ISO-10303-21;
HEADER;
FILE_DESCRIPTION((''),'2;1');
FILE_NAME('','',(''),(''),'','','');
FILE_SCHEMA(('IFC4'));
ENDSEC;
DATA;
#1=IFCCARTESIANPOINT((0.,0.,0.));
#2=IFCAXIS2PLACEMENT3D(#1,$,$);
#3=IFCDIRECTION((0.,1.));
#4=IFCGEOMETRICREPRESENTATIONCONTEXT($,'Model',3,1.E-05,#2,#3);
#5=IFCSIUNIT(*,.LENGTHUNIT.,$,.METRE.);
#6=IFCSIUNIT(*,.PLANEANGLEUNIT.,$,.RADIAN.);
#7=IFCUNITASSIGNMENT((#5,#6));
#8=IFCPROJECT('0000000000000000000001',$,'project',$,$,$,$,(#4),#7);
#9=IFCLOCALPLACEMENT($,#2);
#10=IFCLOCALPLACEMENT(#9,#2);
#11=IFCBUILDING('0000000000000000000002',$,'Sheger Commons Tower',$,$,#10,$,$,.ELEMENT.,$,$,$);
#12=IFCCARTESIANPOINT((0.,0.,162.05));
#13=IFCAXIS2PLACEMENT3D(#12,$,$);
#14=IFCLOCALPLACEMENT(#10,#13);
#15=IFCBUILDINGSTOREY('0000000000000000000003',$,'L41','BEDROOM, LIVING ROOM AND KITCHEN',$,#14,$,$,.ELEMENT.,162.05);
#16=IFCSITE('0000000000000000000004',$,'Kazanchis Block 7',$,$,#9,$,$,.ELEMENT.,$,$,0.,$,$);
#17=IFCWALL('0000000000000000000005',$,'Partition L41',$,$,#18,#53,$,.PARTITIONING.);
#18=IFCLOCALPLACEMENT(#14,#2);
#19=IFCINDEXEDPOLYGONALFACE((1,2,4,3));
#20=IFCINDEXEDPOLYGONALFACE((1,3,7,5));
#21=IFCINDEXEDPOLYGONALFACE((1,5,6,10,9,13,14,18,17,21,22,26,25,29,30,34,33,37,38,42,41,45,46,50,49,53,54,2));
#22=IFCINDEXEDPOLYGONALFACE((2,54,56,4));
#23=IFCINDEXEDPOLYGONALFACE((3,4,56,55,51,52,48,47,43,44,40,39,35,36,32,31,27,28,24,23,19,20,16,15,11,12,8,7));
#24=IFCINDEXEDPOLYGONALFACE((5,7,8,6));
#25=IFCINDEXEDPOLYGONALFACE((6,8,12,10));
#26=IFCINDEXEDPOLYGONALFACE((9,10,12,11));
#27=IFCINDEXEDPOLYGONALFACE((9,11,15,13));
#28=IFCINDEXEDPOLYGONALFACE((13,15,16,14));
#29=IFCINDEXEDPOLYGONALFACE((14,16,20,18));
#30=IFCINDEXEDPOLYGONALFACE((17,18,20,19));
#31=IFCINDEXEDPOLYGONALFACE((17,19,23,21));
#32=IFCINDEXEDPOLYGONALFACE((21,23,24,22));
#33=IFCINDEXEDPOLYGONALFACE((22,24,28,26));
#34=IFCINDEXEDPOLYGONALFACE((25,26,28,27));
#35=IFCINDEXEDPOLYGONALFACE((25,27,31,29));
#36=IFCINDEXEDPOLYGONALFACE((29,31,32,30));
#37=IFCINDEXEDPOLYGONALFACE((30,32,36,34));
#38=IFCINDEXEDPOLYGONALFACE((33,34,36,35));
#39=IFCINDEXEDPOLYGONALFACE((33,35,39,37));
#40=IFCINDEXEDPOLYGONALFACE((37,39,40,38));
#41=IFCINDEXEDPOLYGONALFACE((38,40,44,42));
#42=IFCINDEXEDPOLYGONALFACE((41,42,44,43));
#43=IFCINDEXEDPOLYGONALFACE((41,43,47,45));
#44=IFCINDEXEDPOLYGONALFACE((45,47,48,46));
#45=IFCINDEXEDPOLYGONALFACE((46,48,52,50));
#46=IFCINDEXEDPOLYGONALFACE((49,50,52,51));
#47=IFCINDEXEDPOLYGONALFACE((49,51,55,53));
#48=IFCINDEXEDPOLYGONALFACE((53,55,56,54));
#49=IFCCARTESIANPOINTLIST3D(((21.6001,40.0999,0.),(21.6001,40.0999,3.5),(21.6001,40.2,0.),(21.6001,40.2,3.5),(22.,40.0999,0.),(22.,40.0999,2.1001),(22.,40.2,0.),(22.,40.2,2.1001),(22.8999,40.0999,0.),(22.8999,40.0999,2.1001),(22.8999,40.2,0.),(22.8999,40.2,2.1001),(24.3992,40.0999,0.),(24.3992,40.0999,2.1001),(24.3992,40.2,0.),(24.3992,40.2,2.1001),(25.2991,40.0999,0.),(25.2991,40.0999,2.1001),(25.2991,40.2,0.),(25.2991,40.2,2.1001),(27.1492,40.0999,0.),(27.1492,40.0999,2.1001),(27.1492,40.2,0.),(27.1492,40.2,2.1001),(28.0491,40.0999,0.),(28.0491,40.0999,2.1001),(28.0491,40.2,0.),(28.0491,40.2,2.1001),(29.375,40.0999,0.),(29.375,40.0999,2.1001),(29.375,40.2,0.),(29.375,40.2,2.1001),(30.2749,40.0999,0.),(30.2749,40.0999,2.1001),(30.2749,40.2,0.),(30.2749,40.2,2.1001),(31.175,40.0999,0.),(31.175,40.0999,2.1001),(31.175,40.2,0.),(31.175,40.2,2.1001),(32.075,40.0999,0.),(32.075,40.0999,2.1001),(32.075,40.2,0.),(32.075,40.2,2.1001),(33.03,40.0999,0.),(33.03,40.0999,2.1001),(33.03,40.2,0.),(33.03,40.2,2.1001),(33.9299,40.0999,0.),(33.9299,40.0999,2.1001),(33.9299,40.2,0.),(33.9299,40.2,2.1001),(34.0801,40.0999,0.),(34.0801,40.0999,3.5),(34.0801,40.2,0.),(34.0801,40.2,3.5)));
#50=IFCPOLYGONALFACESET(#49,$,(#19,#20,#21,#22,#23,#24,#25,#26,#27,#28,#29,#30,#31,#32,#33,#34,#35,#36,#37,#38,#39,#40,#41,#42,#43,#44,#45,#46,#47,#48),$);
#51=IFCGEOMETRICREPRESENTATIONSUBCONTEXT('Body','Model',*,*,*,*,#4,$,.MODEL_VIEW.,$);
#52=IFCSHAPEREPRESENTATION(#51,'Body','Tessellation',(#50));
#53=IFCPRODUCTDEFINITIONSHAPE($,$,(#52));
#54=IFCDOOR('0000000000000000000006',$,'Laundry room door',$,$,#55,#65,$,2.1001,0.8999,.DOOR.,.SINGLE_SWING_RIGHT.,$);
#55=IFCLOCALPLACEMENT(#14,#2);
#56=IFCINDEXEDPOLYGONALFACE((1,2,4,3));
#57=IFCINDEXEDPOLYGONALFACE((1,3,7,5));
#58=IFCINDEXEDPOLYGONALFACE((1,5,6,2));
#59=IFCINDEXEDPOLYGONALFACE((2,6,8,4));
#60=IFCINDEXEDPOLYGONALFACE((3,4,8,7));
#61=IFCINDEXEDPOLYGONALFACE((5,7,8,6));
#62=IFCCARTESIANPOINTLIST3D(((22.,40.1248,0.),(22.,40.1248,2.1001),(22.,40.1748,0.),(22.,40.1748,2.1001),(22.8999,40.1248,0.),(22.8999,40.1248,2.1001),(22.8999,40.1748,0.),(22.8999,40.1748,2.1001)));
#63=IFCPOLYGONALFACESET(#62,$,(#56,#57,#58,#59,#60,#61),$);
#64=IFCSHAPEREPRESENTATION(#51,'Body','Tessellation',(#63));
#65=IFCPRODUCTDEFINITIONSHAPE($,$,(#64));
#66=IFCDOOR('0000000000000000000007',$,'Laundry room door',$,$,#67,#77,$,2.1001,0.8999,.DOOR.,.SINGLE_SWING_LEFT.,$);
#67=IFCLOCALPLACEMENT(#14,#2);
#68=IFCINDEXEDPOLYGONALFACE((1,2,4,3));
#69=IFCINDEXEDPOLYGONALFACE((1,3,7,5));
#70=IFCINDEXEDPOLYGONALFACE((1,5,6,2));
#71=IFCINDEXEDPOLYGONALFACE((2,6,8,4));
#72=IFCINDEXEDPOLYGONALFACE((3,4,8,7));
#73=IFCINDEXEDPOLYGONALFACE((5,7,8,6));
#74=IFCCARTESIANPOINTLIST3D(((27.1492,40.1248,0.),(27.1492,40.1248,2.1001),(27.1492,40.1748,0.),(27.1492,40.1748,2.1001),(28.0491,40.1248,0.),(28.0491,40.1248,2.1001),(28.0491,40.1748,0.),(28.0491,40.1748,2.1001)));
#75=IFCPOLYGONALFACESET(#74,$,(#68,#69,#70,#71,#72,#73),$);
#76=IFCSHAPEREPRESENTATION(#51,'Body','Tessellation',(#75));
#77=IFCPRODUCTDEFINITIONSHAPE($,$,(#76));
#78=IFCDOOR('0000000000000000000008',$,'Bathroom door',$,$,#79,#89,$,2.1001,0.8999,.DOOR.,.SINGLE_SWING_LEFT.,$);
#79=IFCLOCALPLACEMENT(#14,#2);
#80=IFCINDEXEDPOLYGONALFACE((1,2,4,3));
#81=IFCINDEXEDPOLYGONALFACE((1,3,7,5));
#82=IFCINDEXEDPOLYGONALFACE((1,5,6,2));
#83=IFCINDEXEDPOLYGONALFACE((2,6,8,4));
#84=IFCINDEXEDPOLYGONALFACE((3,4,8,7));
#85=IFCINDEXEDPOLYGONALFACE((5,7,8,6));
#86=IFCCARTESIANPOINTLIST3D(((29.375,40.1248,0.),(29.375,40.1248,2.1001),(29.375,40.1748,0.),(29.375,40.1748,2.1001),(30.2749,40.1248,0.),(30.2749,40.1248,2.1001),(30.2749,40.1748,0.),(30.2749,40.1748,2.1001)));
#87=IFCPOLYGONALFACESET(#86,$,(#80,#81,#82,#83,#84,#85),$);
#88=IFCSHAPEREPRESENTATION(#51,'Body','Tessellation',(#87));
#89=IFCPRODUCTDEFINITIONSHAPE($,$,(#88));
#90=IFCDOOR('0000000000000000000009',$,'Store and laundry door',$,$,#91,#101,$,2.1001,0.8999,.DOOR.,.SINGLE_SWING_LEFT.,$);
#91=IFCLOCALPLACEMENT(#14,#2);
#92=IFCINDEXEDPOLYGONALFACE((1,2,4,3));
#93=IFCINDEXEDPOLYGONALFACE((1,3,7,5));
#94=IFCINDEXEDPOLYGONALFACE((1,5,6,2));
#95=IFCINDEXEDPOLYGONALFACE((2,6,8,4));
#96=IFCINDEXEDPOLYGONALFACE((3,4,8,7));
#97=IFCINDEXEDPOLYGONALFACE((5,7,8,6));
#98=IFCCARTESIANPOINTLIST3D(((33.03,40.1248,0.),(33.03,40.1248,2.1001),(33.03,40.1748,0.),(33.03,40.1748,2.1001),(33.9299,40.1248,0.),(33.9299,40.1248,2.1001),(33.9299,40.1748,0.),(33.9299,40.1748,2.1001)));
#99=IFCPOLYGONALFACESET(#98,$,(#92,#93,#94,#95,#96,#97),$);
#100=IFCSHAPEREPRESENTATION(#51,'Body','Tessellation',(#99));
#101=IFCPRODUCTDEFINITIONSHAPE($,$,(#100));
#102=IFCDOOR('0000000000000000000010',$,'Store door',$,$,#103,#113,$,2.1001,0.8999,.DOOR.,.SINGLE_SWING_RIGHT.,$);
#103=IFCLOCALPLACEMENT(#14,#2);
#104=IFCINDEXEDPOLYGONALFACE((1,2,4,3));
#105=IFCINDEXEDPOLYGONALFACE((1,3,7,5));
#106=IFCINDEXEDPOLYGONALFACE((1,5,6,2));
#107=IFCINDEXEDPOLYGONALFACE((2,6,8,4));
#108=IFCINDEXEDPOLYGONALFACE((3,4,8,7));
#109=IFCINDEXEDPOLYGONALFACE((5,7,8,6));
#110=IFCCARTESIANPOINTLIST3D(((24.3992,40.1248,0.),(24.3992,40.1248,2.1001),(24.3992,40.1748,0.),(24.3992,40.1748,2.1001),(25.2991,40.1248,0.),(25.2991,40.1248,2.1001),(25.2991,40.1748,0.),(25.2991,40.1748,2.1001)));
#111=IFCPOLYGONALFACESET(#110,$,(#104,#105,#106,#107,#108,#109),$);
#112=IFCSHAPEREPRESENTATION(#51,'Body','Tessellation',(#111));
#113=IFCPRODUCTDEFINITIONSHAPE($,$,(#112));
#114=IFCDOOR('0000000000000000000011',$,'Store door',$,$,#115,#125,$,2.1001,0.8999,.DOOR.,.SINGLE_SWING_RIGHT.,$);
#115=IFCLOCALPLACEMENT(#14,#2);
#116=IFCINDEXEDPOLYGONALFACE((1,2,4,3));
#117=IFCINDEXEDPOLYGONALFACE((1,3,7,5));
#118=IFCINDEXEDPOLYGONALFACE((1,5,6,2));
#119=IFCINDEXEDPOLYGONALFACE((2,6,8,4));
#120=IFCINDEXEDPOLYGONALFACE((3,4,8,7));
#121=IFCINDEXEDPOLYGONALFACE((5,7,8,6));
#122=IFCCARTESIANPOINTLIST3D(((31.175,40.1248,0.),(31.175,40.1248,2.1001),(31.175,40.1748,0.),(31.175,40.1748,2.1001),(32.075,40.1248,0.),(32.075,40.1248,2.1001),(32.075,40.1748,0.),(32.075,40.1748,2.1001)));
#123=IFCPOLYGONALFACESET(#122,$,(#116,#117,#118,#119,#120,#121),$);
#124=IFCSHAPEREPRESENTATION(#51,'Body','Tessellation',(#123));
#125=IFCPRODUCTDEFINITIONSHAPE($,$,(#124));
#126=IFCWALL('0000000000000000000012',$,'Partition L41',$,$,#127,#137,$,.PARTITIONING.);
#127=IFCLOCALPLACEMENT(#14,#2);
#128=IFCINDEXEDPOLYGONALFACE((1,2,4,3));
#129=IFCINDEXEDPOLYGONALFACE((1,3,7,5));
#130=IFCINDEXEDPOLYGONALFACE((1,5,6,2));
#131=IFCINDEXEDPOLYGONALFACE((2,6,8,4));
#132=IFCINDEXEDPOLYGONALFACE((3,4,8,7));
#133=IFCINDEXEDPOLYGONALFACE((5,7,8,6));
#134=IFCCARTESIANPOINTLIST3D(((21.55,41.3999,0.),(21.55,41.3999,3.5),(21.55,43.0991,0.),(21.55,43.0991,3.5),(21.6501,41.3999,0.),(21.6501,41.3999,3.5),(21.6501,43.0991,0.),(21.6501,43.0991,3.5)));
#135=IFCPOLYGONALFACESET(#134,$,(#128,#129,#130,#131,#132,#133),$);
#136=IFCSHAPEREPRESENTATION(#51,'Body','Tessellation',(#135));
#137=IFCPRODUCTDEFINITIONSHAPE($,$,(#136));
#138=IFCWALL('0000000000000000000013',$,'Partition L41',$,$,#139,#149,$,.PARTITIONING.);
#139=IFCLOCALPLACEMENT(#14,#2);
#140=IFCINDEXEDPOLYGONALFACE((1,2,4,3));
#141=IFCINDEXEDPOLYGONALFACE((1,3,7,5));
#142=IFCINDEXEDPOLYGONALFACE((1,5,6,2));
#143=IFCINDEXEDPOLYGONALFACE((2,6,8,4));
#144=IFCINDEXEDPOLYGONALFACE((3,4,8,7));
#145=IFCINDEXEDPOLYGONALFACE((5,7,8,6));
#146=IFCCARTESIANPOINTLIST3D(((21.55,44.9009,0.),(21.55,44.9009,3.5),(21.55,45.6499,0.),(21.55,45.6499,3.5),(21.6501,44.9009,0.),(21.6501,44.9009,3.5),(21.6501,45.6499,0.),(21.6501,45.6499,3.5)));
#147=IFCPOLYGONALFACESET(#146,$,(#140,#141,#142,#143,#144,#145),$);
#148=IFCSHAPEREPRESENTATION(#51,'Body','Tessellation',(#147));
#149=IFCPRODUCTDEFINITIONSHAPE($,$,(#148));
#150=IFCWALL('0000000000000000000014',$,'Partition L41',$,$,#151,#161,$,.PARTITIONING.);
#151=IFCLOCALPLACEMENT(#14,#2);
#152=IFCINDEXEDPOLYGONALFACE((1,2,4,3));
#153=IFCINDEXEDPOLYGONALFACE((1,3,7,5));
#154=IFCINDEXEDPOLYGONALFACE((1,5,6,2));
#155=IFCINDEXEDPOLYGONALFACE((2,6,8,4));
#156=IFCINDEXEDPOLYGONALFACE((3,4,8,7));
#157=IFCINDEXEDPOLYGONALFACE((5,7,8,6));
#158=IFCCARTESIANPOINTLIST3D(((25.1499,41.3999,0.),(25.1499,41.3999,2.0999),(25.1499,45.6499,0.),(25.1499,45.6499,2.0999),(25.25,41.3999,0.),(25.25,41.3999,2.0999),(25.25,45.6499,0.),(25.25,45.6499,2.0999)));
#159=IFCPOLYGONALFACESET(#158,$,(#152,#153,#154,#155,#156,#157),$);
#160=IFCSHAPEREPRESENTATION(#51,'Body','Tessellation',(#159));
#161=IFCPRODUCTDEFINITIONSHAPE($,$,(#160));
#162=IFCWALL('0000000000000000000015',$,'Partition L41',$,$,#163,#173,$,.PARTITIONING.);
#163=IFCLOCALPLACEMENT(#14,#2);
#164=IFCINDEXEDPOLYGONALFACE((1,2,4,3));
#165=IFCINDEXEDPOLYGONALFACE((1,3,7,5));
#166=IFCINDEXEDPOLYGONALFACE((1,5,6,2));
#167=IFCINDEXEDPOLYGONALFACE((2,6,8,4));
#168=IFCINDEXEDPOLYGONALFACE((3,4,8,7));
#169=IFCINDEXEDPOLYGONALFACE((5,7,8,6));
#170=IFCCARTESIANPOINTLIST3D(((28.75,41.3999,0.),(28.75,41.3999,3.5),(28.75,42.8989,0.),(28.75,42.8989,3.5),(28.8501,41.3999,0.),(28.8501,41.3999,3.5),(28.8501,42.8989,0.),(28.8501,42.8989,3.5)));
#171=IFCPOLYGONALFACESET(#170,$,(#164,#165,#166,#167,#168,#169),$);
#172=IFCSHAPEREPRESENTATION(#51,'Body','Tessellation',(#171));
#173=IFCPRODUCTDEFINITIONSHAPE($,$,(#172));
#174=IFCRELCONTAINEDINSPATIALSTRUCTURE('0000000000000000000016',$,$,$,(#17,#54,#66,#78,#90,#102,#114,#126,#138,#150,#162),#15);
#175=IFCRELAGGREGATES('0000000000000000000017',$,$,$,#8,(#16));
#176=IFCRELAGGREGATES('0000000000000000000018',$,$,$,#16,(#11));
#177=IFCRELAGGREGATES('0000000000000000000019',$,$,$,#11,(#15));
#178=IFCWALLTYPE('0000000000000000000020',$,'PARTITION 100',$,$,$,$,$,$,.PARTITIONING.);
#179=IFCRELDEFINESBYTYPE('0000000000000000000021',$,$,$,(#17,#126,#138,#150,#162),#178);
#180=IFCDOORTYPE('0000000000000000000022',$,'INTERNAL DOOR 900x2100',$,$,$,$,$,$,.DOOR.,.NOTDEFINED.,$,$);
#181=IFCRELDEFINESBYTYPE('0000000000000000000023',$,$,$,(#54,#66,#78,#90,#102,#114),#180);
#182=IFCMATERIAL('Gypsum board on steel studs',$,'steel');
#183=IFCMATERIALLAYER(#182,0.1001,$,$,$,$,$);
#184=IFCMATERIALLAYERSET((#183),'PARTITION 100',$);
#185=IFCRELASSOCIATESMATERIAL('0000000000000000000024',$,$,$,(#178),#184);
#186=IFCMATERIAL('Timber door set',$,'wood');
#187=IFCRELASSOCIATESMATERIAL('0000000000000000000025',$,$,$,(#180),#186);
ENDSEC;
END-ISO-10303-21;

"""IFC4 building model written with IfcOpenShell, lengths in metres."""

from ifc_helpers import new_model, si_unit, direction, frame, frame_2d, origin, place, context, subcontext, project, spatial, rectangle, extrude, material, layer, layer_set, type_object, element, fill, save


model = new_model("IFC4")

# Units and contexts
model_context = context("Model", 3, precision=1e-05, world=origin(), true_north=direction((0.0, 1.0)))
body_context = subcontext(model_context, "Body", "Model", "MODEL_VIEW")
ifc_project = project(units=[si_unit("LENGTHUNIT", "METRE"), si_unit("PLANEANGLEUNIT", "RADIAN")], contexts=[model_context])

# Site, building, storey
site_placement = place(None, origin())
site = spatial("IfcSite", under=ifc_project, at=site_placement, Name="Kazanchis Block 7", CompositionType="ELEMENT", RefElevation=0.0)
building_placement = place(site_placement, origin())
building = spatial("IfcBuilding", under=site, at=building_placement, Name="Sheger Commons Tower", CompositionType="ELEMENT")
storey_placement = place(building_placement, frame((0.0, 0.0, 162.05)))
storey = spatial("IfcBuildingStorey", under=building, at=storey_placement, Name="L41", Description="BEDROOM, LIVING ROOM AND KITCHEN", CompositionType="ELEMENT", Elevation=162.05)

# Wall, openings, doors
ifc_material_1 = material(Name="Gypsum board on steel studs", Category="steel")
ifc_layer_1 = layer(ifc_material_1, 0.1001)
ifc_layer_set_1 = layer_set([ifc_layer_1], Name="PARTITION 100")
wall_type = type_object("IfcWallType", Name="PARTITION 100", PredefinedType="PARTITIONING", material=ifc_layer_set_1)
ifc_material_2 = material(Name="Timber door set", Category="wood")
door_type = type_object("IfcDoorType", Name="INTERNAL DOOR 900x2100", OperationType="NOTDEFINED", PredefinedType="DOOR", material=ifc_material_2)
wall_1_placement = place(storey_placement, frame((21.6001, 40.1499, 0.0), z_axis=(0.0, 0.0, 1.0), x_axis=(1.0, 0.0, 0.0)))
wall_1 = element("IfcWall", 1, at=wall_1_placement, inside=storey, type_object=wall_type, Name="Partition L41", PredefinedType="PARTITIONING", context=body_context, shape_type="SweptSolid", body=[
    extrude(rectangle(XDim=12.48, YDim=0.1001, at=frame_2d((6.24, 0.0))), origin(), (0.0, 0.0, 1.0), 3.5),
])
opening_1_placement = place(wall_1_placement, frame((0.3999, 0.0, 0.0)))
opening_1 = element("IfcOpeningElement", 2, at=opening_1_placement, cuts=wall_1, PredefinedType="OPENING", context=body_context, shape_type="SweptSolid", body=[
    extrude(rectangle(XDim=0.8999, YDim=2.1001, at=frame_2d((0.45, 1.05))), frame((0.0, 0.0601, 0.0), z_axis=(0.0, -1.0, 0.0), x_axis=(1.0, 0.0, 0.0)), (0.0, 0.0, 1.0), 0.1201),
])
opening_2_placement = place(wall_1_placement, frame((5.5491, 0.0, 0.0)))
opening_2 = element("IfcOpeningElement", 3, at=opening_2_placement, cuts=wall_1, PredefinedType="OPENING", context=body_context, shape_type="SweptSolid", body=[
    extrude(rectangle(XDim=0.8999, YDim=2.1001, at=frame_2d((0.45, 1.05))), frame((0.0, 0.0601, 0.0), z_axis=(0.0, -1.0, 0.0), x_axis=(1.0, 0.0, 0.0)), (0.0, 0.0, 1.0), 0.1201),
])
opening_3_placement = place(wall_1_placement, frame((7.7749, 0.0, 0.0)))
opening_3 = element("IfcOpeningElement", 4, at=opening_3_placement, cuts=wall_1, PredefinedType="OPENING", context=body_context, shape_type="SweptSolid", body=[
    extrude(rectangle(XDim=0.8999, YDim=2.1001, at=frame_2d((0.45, 1.05))), frame((0.0, 0.0601, 0.0), z_axis=(0.0, -1.0, 0.0), x_axis=(1.0, 0.0, 0.0)), (0.0, 0.0, 1.0), 0.1201),
])
opening_4_placement = place(wall_1_placement, frame((11.4299, 0.0, 0.0)))
opening_4 = element("IfcOpeningElement", 5, at=opening_4_placement, cuts=wall_1, PredefinedType="OPENING", context=body_context, shape_type="SweptSolid", body=[
    extrude(rectangle(XDim=0.8999, YDim=2.1001, at=frame_2d((0.45, 1.05))), frame((0.0, 0.0601, 0.0), z_axis=(0.0, -1.0, 0.0), x_axis=(1.0, 0.0, 0.0)), (0.0, 0.0, 1.0), 0.1201),
])
opening_5_placement = place(wall_1_placement, frame((2.7991, 0.0, 0.0)))
opening_5 = element("IfcOpeningElement", 6, at=opening_5_placement, cuts=wall_1, PredefinedType="OPENING", context=body_context, shape_type="SweptSolid", body=[
    extrude(rectangle(XDim=0.8999, YDim=2.1001, at=frame_2d((0.45, 1.05))), frame((0.0, 0.0601, 0.0), z_axis=(0.0, -1.0, 0.0), x_axis=(1.0, 0.0, 0.0)), (0.0, 0.0, 1.0), 0.1201),
])
opening_6_placement = place(wall_1_placement, frame((9.575, 0.0, 0.0)))
opening_6 = element("IfcOpeningElement", 7, at=opening_6_placement, cuts=wall_1, PredefinedType="OPENING", context=body_context, shape_type="SweptSolid", body=[
    extrude(rectangle(XDim=0.8999, YDim=2.1001, at=frame_2d((0.45, 1.05))), frame((0.0, 0.0601, 0.0), z_axis=(0.0, -1.0, 0.0), x_axis=(1.0, 0.0, 0.0)), (0.0, 0.0, 1.0), 0.1201),
])
door_1_placement = place(opening_1_placement, origin())
door_1 = element("IfcDoor", 8, at=door_1_placement, inside=storey, type_object=door_type, Name="Laundry room door", OperationType="SINGLE_SWING_RIGHT", OverallHeight=2.1001, OverallWidth=0.8999, PredefinedType="DOOR", context=body_context, shape_type="SweptSolid", body=[
    extrude(rectangle(XDim=0.8999, YDim=2.1001, at=frame_2d((0.45, 1.05))), frame((0.0, 0.0249, 0.0), z_axis=(0.0, -1.0, 0.0), x_axis=(1.0, 0.0, 0.0)), (0.0, 0.0, 1.0), 0.05),
])
fill(opening_1, door_1)
door_2_placement = place(opening_2_placement, origin())
door_2 = element("IfcDoor", 9, at=door_2_placement, inside=storey, type_object=door_type, Name="Laundry room door", OperationType="SINGLE_SWING_LEFT", OverallHeight=2.1001, OverallWidth=0.8999, PredefinedType="DOOR", context=body_context, shape_type="SweptSolid", body=[
    extrude(rectangle(XDim=0.8999, YDim=2.1001, at=frame_2d((0.45, 1.05))), frame((0.0, 0.0249, 0.0), z_axis=(0.0, -1.0, 0.0), x_axis=(1.0, 0.0, 0.0)), (0.0, 0.0, 1.0), 0.05),
])
fill(opening_2, door_2)
door_3_placement = place(opening_3_placement, origin())
door_3 = element("IfcDoor", 10, at=door_3_placement, inside=storey, type_object=door_type, Name="Bathroom door", OperationType="SINGLE_SWING_LEFT", OverallHeight=2.1001, OverallWidth=0.8999, PredefinedType="DOOR", context=body_context, shape_type="SweptSolid", body=[
    extrude(rectangle(XDim=0.8999, YDim=2.1001, at=frame_2d((0.45, 1.05))), frame((0.0, 0.0249, 0.0), z_axis=(0.0, -1.0, 0.0), x_axis=(1.0, 0.0, 0.0)), (0.0, 0.0, 1.0), 0.05),
])
fill(opening_3, door_3)
door_4_placement = place(opening_4_placement, origin())
door_4 = element("IfcDoor", 11, at=door_4_placement, inside=storey, type_object=door_type, Name="Store and laundry door", OperationType="SINGLE_SWING_LEFT", OverallHeight=2.1001, OverallWidth=0.8999, PredefinedType="DOOR", context=body_context, shape_type="SweptSolid", body=[
    extrude(rectangle(XDim=0.8999, YDim=2.1001, at=frame_2d((0.45, 1.05))), frame((0.0, 0.0249, 0.0), z_axis=(0.0, -1.0, 0.0), x_axis=(1.0, 0.0, 0.0)), (0.0, 0.0, 1.0), 0.05),
])
fill(opening_4, door_4)
door_5_placement = place(opening_5_placement, origin())
door_5 = element("IfcDoor", 12, at=door_5_placement, inside=storey, type_object=door_type, Name="Store door", OperationType="SINGLE_SWING_RIGHT", OverallHeight=2.1001, OverallWidth=0.8999, PredefinedType="DOOR", context=body_context, shape_type="SweptSolid", body=[
    extrude(rectangle(XDim=0.8999, YDim=2.1001, at=frame_2d((0.45, 1.05))), frame((0.0, 0.0249, 0.0), z_axis=(0.0, -1.0, 0.0), x_axis=(1.0, 0.0, 0.0)), (0.0, 0.0, 1.0), 0.05),
])
fill(opening_5, door_5)
door_6_placement = place(opening_6_placement, origin())
door_6 = element("IfcDoor", 13, at=door_6_placement, inside=storey, type_object=door_type, Name="Store door", OperationType="SINGLE_SWING_RIGHT", OverallHeight=2.1001, OverallWidth=0.8999, PredefinedType="DOOR", context=body_context, shape_type="SweptSolid", body=[
    extrude(rectangle(XDim=0.8999, YDim=2.1001, at=frame_2d((0.45, 1.05))), frame((0.0, 0.0249, 0.0), z_axis=(0.0, -1.0, 0.0), x_axis=(1.0, 0.0, 0.0)), (0.0, 0.0, 1.0), 0.05),
])
fill(opening_6, door_6)

# Walls
wall_2_placement = place(storey_placement, frame((21.6001, 41.3999, 0.0), z_axis=(0.0, 0.0, 1.0), x_axis=(0.0, 1.0, 0.0)))
element("IfcWall", 14, at=wall_2_placement, inside=storey, type_object=wall_type, Name="Partition L41", PredefinedType="PARTITIONING", context=body_context, shape_type="SweptSolid", body=[
    extrude(rectangle(XDim=1.6992, YDim=0.1001, at=frame_2d((0.8496, 0.0))), origin(), (0.0, 0.0, 1.0), 3.5),
])
wall_3_placement = place(storey_placement, frame((21.6001, 44.9009, 0.0), z_axis=(0.0, 0.0, 1.0), x_axis=(0.0, 1.0, 0.0)))
element("IfcWall", 15, at=wall_3_placement, inside=storey, type_object=wall_type, Name="Partition L41", PredefinedType="PARTITIONING", context=body_context, shape_type="SweptSolid", body=[
    extrude(rectangle(XDim=0.749, YDim=0.1001, at=frame_2d((0.3745, 0.0))), origin(), (0.0, 0.0, 1.0), 3.5),
])
wall_4_placement = place(storey_placement, frame((25.2, 41.3999, 0.0), z_axis=(0.0, 0.0, 1.0), x_axis=(0.0, 1.0, 0.0)))
element("IfcWall", 16, at=wall_4_placement, inside=storey, type_object=wall_type, Name="Partition L41", PredefinedType="PARTITIONING", context=body_context, shape_type="SweptSolid", body=[
    extrude(rectangle(XDim=4.25, YDim=0.1001, at=frame_2d((2.125, 0.0))), origin(), (0.0, 0.0, 1.0), 2.0999),
])
wall_5_placement = place(storey_placement, frame((28.8, 41.3999, 0.0), z_axis=(0.0, 0.0, 1.0), x_axis=(0.0, 1.0, 0.0)))
element("IfcWall", 17, at=wall_5_placement, inside=storey, type_object=wall_type, Name="Partition L41", PredefinedType="PARTITIONING", context=body_context, shape_type="SweptSolid", body=[
    extrude(rectangle(XDim=1.499, YDim=0.1001, at=frame_2d((0.7495, 0.0))), origin(), (0.0, 0.0, 1.0), 3.5),
])

save(model, "model.ifc")
